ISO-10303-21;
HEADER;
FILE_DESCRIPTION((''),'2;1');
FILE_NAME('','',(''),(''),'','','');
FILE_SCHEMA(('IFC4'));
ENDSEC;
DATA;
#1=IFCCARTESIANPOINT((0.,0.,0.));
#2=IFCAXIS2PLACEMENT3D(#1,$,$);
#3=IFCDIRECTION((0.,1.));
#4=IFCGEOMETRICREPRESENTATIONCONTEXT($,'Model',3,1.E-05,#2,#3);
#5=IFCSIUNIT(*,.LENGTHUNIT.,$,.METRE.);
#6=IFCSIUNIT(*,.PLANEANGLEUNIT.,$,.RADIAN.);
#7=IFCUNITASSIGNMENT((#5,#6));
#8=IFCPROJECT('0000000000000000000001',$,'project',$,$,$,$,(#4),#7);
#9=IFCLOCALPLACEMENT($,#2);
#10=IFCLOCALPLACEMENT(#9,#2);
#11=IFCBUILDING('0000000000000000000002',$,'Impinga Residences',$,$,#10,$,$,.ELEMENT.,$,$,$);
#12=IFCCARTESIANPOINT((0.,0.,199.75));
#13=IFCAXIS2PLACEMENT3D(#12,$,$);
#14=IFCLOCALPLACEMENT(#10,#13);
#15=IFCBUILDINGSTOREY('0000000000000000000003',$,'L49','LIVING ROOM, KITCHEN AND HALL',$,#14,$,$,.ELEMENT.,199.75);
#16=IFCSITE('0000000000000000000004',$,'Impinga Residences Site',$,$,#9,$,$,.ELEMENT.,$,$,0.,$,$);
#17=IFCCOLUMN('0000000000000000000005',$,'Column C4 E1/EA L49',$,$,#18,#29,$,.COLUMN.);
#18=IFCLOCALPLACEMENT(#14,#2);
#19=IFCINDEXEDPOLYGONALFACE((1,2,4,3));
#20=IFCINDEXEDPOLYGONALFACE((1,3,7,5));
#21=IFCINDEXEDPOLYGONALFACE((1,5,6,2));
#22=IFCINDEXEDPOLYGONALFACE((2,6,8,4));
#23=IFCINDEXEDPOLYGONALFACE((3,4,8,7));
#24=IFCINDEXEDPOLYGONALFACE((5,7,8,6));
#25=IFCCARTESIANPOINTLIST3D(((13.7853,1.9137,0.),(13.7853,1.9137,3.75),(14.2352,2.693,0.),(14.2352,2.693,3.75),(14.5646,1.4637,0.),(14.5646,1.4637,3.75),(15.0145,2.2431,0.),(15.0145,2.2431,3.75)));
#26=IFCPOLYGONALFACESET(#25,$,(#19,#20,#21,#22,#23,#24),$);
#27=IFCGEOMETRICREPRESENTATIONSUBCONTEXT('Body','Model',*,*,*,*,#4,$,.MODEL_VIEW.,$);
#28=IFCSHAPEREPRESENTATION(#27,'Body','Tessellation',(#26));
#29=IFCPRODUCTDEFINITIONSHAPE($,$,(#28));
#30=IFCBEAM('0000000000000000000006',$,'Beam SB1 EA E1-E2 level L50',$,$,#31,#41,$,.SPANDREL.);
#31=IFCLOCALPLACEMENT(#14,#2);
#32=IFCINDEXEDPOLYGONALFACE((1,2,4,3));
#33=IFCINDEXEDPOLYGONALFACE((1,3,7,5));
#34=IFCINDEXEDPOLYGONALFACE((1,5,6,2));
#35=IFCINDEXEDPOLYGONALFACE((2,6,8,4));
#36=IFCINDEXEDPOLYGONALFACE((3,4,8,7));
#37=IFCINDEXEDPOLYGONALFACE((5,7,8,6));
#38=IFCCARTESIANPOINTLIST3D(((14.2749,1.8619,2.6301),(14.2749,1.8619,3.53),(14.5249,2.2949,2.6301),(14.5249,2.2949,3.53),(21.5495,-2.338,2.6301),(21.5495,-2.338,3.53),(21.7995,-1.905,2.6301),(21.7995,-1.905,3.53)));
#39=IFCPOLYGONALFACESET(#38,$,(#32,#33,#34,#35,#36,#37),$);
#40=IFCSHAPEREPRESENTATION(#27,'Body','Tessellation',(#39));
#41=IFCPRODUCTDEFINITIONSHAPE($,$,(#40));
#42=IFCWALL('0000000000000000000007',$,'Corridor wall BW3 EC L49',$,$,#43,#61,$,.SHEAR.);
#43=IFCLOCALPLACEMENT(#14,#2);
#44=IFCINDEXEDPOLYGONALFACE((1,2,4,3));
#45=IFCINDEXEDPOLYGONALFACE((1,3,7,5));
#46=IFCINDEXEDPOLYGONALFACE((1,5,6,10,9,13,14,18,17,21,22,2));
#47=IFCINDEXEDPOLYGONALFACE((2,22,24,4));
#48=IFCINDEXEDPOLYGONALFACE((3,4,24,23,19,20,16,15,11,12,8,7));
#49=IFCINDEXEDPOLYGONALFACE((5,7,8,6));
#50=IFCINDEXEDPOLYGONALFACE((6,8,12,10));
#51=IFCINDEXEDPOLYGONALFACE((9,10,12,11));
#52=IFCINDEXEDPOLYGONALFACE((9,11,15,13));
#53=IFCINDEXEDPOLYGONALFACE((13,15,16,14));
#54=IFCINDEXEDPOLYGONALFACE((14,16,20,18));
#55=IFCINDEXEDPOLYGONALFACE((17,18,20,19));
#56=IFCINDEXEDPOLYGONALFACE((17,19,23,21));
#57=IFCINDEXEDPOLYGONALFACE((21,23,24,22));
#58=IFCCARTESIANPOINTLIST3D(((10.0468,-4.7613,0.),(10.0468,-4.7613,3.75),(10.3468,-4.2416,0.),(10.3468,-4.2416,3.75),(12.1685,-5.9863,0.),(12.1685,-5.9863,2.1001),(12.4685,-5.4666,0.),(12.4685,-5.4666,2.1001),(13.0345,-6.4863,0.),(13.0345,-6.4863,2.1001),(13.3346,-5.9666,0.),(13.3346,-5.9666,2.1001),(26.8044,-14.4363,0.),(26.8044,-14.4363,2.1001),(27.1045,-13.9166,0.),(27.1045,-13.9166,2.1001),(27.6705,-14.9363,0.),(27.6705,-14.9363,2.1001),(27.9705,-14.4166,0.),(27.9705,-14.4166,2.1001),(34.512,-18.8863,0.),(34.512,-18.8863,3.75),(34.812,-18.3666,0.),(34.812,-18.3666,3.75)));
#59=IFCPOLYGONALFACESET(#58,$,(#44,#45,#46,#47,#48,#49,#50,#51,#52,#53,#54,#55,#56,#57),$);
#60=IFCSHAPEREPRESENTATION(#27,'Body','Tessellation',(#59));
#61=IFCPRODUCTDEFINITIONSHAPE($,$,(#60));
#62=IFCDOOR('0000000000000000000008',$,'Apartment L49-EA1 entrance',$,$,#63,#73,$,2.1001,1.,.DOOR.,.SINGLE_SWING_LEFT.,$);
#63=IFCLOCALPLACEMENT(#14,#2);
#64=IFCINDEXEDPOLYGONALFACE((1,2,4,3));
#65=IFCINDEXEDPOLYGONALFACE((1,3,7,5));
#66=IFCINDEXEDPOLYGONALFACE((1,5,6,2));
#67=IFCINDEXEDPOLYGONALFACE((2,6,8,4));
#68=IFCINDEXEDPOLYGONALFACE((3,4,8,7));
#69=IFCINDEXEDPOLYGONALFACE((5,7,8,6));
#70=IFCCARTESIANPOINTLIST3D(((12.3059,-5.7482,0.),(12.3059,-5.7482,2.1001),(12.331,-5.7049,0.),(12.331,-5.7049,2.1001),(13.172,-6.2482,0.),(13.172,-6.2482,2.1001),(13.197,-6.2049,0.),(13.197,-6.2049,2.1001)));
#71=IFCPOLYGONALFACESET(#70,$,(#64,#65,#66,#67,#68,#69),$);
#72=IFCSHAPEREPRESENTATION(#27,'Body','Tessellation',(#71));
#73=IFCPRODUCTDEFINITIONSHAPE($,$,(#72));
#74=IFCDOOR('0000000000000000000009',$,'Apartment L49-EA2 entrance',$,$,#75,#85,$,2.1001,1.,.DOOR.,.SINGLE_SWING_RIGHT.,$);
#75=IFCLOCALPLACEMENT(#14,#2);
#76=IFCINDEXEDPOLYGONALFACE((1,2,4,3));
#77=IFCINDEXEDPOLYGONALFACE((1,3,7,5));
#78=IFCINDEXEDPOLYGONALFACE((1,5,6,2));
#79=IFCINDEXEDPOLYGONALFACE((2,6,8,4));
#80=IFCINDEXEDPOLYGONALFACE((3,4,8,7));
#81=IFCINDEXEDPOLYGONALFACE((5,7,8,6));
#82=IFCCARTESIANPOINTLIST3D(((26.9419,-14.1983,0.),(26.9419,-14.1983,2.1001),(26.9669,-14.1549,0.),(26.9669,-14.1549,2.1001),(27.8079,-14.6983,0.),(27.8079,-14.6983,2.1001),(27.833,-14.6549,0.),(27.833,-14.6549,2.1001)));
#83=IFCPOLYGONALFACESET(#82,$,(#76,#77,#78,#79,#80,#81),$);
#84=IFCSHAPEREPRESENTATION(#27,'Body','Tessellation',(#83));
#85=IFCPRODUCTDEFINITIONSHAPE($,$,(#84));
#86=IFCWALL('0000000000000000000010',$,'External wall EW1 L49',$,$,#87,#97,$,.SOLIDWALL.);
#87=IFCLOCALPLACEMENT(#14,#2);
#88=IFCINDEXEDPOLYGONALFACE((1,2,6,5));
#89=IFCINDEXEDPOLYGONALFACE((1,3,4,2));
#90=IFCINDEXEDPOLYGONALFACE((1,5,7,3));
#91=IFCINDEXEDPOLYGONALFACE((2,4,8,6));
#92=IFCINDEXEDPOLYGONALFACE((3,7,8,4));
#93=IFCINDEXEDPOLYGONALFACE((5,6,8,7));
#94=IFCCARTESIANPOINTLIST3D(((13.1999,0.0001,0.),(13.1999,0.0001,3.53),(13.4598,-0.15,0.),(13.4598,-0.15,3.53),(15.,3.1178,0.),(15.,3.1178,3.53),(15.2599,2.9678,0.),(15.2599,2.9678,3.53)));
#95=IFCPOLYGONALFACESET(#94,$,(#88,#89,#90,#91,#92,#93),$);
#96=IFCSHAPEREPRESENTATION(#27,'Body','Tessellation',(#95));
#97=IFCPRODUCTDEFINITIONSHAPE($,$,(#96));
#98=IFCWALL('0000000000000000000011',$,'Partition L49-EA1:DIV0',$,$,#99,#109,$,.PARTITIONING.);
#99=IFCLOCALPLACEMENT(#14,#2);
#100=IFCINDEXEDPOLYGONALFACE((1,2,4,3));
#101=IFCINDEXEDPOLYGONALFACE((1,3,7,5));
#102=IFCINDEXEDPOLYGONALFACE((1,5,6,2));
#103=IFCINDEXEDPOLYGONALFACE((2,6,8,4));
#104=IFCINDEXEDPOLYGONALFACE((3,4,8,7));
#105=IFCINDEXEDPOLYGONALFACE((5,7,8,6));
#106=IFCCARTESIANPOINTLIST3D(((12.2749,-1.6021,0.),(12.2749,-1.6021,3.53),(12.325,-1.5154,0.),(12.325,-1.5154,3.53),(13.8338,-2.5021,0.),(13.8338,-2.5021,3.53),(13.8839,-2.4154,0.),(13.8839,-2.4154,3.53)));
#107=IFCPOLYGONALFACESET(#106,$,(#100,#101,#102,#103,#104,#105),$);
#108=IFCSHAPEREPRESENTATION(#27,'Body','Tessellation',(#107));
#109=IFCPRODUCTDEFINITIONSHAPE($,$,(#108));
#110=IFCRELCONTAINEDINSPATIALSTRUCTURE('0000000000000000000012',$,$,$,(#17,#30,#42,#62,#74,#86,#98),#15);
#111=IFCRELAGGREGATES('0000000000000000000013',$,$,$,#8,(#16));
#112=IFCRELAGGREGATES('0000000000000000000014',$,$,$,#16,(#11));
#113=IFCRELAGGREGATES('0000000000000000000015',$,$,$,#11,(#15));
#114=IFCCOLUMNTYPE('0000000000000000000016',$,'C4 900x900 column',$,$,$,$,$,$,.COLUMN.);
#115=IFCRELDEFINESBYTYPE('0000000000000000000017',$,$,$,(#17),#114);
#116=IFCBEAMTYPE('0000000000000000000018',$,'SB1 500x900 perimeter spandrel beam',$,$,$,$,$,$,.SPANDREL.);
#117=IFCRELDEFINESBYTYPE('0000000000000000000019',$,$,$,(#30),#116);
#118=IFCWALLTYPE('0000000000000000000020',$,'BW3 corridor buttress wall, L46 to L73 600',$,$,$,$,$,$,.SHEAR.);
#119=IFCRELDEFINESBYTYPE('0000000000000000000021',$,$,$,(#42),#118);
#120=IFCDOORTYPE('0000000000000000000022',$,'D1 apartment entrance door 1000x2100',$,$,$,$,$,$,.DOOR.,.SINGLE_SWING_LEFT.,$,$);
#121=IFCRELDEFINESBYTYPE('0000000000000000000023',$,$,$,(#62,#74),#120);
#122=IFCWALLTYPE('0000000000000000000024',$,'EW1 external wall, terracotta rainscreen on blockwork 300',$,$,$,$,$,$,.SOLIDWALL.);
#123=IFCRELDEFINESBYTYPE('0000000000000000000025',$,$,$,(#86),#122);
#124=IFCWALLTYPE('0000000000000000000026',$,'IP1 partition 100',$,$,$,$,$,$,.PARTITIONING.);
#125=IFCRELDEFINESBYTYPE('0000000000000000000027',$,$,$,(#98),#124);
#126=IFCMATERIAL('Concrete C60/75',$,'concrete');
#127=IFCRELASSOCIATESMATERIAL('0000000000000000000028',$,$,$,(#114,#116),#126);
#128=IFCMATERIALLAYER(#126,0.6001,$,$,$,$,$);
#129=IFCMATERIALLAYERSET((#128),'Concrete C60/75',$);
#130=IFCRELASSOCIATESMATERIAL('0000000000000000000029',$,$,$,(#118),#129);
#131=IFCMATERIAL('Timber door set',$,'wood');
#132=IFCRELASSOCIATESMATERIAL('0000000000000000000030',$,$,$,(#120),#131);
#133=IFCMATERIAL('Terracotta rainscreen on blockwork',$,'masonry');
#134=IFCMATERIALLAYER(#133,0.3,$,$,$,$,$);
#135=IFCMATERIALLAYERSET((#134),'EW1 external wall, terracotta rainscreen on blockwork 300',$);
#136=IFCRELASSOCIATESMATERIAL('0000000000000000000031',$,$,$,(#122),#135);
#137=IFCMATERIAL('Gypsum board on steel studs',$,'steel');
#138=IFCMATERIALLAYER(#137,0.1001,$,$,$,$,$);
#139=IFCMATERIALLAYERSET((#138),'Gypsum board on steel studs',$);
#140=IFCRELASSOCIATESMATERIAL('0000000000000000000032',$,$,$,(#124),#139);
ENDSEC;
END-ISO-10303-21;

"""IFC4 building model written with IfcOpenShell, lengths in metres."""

from ifc_helpers import new_model, si_unit, direction, frame, frame_2d, origin, origin_2d, place, context, subcontext, project, spatial, rectangle, extrude, material, layer, layer_set, material_profile, profile_set, type_object, element, fill, save


model = new_model("IFC4")

# Units and contexts
model_context = context("Model", 3, precision=1e-05, world=origin(), true_north=direction((0.0, 1.0)))
body_context = subcontext(model_context, "Body", "Model", "MODEL_VIEW")
ifc_project = project(units=[si_unit("LENGTHUNIT", "METRE"), si_unit("PLANEANGLEUNIT", "RADIAN")], contexts=[model_context])

# Site, building, storey
site_placement = place(None, origin())
site = spatial("IfcSite", under=ifc_project, at=site_placement, Name="Impinga Residences Site", CompositionType="ELEMENT", RefElevation=0.0)
building_placement = place(site_placement, origin())
building = spatial("IfcBuilding", under=site, at=building_placement, Name="Impinga Residences", CompositionType="ELEMENT")
storey_placement = place(building_placement, frame((0.0, 0.0, 199.75)))
storey = spatial("IfcBuildingStorey", under=building, at=storey_placement, Name="L49", Description="LIVING ROOM, KITCHEN AND HALL", CompositionType="ELEMENT", Elevation=199.75)

# Column
ifc_material_1 = material(Name="Concrete C60/75", Category="concrete")
ifc_material_profile_1 = material_profile(ifc_material_1, rectangle(XDim=0.8999, YDim=0.8999, at=origin_2d()), Name="RC 900x900")
ifc_profile_set_1 = profile_set([ifc_material_profile_1], Name="Concrete C60/75")
column_type = type_object("IfcColumnType", Name="C4 900x900 column", PredefinedType="COLUMN", material=ifc_profile_set_1)
column_placement = place(storey_placement, frame((14.3999, 2.0784, 0.0), z_axis=(0.0, 0.0, 1.0), x_axis=(-0.5, -0.866025, 0.0)))
element("IfcColumn", 1, at=column_placement, inside=storey, type_object=column_type, Name="Column C4 E1/EA L49", PredefinedType="COLUMN", context=body_context, shape_type="SweptSolid", body=[
    extrude(rectangle(XDim=0.8999, YDim=0.8999, at=origin_2d()), origin(), (0.0, 0.0, 1.0), 3.75),
])

# Beam
ifc_material_profile_2 = material_profile(ifc_material_1, rectangle(XDim=0.5, YDim=0.8999, at=origin_2d()), Name="RC 500x900")
ifc_profile_set_2 = profile_set([ifc_material_profile_2], Name="Concrete C60/75")
beam_type = type_object("IfcBeamType", Name="SB1 500x900 perimeter spandrel beam", PredefinedType="SPANDREL", material=ifc_profile_set_2)
beam_placement = place(storey_placement, frame((14.3999, 2.0784, 3.0801), z_axis=(0.866029, -0.499993, 0.0), x_axis=(0.499993, 0.866029, 0.0)))
element("IfcBeam", 2, at=beam_placement, inside=storey, type_object=beam_type, Name="Beam SB1 EA E1-E2 level L50", PredefinedType="SPANDREL", context=body_context, shape_type="SweptSolid", body=[
    extrude(rectangle(XDim=0.5, YDim=0.8999, at=origin_2d()), origin(), (0.0, 0.0, 1.0), 8.3999),
])

# Wall, openings, doors
ifc_layer_1 = layer(ifc_material_1, 0.6001)
ifc_layer_set_1 = layer_set([ifc_layer_1], Name="Concrete C60/75")
wall_type_1 = type_object("IfcWallType", Name="BW3 corridor buttress wall, L46 to L73 600", PredefinedType="SHEAR", material=ifc_layer_set_1)
wall_1_placement = place(storey_placement, frame((10.1968, -4.5015, 0.0), z_axis=(0.0, 0.0, 1.0), x_axis=(0.866026, -0.499998, 0.0)))
wall_1 = element("IfcWall", 3, at=wall_1_placement, inside=storey, type_object=wall_type_1, Name="Corridor wall BW3 EC L49", PredefinedType="SHEAR", context=body_context, shape_type="SweptSolid", body=[
    extrude(rectangle(XDim=28.25, YDim=0.6001, at=frame_2d((14.125, 0.0))), origin(), (0.0, 0.0, 1.0), 3.75),
])
opening_1_placement = place(wall_1_placement, frame((2.45, 0.0, 0.0)))
opening_1 = element("IfcOpeningElement", 4, at=opening_1_placement, cuts=wall_1, PredefinedType="OPENING", context=body_context, shape_type="SweptSolid", body=[
    extrude(rectangle(XDim=1.0, YDim=2.1001, at=frame_2d((0.5, 1.05))), frame((0.0, 0.3101, 0.0), z_axis=(0.0, -1.0, 0.0), x_axis=(1.0, 0.0, 0.0)), (0.0, 0.0, 1.0), 0.6201),
])
opening_2_placement = place(wall_1_placement, frame((19.3501, 0.0, 0.0)))
opening_2 = element("IfcOpeningElement", 5, at=opening_2_placement, cuts=wall_1, PredefinedType="OPENING", context=body_context, shape_type="SweptSolid", body=[
    extrude(rectangle(XDim=1.0, YDim=2.1001, at=frame_2d((0.5, 1.05))), frame((0.0, 0.3101, 0.0), z_axis=(0.0, -1.0, 0.0), x_axis=(1.0, 0.0, 0.0)), (0.0, 0.0, 1.0), 0.6201),
])
ifc_material_2 = material(Name="Timber door set", Category="wood")
door_type_1 = type_object("IfcDoorType", Name="D1 apartment entrance door 1000x2100", OperationType="SINGLE_SWING_LEFT", PredefinedType="DOOR", material=ifc_material_2)
door_1_placement = place(opening_1_placement, origin())
door_1 = element("IfcDoor", 6, at=door_1_placement, inside=storey, type_object=door_type_1, Name="Apartment L49-EA1 entrance", OperationType="SINGLE_SWING_LEFT", OverallHeight=2.1001, OverallWidth=1.0, PredefinedType="DOOR", context=body_context, shape_type="SweptSolid", body=[
    extrude(rectangle(XDim=1.0, YDim=2.1001, at=frame_2d((0.5, 1.05))), frame((0.0, 0.0249, 0.0), z_axis=(0.0, -1.0, 0.0), x_axis=(1.0, 0.0, 0.0)), (0.0, 0.0, 1.0), 0.05),
])
fill(opening_1, door_1)
door_2_placement = place(opening_2_placement, origin())
door_2 = element("IfcDoor", 7, at=door_2_placement, inside=storey, type_object=door_type_1, Name="Apartment L49-EA2 entrance", OperationType="SINGLE_SWING_RIGHT", OverallHeight=2.1001, OverallWidth=1.0, PredefinedType="DOOR", context=body_context, shape_type="SweptSolid", body=[
    extrude(rectangle(XDim=1.0, YDim=2.1001, at=frame_2d((0.5, 1.05))), frame((0.0, 0.0249, 0.0), z_axis=(0.0, -1.0, 0.0), x_axis=(1.0, 0.0, 0.0)), (0.0, 0.0, 1.0), 0.05),
])
fill(opening_2, door_2)

# Walls
ifc_material_3 = material(Name="Terracotta rainscreen on blockwork", Category="masonry")
ifc_layer_2 = layer(ifc_material_3, 0.3)
ifc_layer_set_2 = layer_set([ifc_layer_2], Name="EW1 external wall, terracotta rainscreen on blockwork 300")
wall_type_2 = type_object("IfcWallType", Name="EW1 external wall, terracotta rainscreen on blockwork 300", PredefinedType="SOLIDWALL", material=ifc_layer_set_2)
wall_2_placement = place(storey_placement, frame((13.3298, -0.075, 0.0), z_axis=(0.0, 0.0, 1.0), x_axis=(0.500012, 0.866018, 0.0)))
element("IfcWall", 8, at=wall_2_placement, inside=storey, type_object=wall_type_2, Name="External wall EW1 L49", PredefinedType="SOLIDWALL", context=body_context, shape_type="SweptSolid", body=[
    extrude(rectangle(XDim=3.6001, YDim=0.3, at=frame_2d((1.8, 0.0))), origin(), (0.0, 0.0, 1.0), 3.53),
])
ifc_material_4 = material(Name="Gypsum board on steel studs", Category="steel")
ifc_layer_3 = layer(ifc_material_4, 0.1001)
ifc_layer_set_3 = layer_set([ifc_layer_3], Name="Gypsum board on steel studs")
wall_type_3 = type_object("IfcWallType", Name="IP1 partition 100", PredefinedType="PARTITIONING", material=ifc_layer_set_3)
wall_3_placement = place(storey_placement, frame((12.3, -1.5588, 0.0), z_axis=(0.0, 0.0, 1.0), x_axis=(0.866048, -0.499961, 0.0)))
element("IfcWall", 9, at=wall_3_placement, inside=storey, type_object=wall_type_3, Name="Partition L49-EA1:DIV0", PredefinedType="PARTITIONING", context=body_context, shape_type="SweptSolid", body=[
    extrude(rectangle(XDim=1.8, YDim=0.1001, at=frame_2d((0.8999, 0.0))), origin(), (0.0, 0.0, 1.0), 3.53),
])

save(model, "model.ifc")
